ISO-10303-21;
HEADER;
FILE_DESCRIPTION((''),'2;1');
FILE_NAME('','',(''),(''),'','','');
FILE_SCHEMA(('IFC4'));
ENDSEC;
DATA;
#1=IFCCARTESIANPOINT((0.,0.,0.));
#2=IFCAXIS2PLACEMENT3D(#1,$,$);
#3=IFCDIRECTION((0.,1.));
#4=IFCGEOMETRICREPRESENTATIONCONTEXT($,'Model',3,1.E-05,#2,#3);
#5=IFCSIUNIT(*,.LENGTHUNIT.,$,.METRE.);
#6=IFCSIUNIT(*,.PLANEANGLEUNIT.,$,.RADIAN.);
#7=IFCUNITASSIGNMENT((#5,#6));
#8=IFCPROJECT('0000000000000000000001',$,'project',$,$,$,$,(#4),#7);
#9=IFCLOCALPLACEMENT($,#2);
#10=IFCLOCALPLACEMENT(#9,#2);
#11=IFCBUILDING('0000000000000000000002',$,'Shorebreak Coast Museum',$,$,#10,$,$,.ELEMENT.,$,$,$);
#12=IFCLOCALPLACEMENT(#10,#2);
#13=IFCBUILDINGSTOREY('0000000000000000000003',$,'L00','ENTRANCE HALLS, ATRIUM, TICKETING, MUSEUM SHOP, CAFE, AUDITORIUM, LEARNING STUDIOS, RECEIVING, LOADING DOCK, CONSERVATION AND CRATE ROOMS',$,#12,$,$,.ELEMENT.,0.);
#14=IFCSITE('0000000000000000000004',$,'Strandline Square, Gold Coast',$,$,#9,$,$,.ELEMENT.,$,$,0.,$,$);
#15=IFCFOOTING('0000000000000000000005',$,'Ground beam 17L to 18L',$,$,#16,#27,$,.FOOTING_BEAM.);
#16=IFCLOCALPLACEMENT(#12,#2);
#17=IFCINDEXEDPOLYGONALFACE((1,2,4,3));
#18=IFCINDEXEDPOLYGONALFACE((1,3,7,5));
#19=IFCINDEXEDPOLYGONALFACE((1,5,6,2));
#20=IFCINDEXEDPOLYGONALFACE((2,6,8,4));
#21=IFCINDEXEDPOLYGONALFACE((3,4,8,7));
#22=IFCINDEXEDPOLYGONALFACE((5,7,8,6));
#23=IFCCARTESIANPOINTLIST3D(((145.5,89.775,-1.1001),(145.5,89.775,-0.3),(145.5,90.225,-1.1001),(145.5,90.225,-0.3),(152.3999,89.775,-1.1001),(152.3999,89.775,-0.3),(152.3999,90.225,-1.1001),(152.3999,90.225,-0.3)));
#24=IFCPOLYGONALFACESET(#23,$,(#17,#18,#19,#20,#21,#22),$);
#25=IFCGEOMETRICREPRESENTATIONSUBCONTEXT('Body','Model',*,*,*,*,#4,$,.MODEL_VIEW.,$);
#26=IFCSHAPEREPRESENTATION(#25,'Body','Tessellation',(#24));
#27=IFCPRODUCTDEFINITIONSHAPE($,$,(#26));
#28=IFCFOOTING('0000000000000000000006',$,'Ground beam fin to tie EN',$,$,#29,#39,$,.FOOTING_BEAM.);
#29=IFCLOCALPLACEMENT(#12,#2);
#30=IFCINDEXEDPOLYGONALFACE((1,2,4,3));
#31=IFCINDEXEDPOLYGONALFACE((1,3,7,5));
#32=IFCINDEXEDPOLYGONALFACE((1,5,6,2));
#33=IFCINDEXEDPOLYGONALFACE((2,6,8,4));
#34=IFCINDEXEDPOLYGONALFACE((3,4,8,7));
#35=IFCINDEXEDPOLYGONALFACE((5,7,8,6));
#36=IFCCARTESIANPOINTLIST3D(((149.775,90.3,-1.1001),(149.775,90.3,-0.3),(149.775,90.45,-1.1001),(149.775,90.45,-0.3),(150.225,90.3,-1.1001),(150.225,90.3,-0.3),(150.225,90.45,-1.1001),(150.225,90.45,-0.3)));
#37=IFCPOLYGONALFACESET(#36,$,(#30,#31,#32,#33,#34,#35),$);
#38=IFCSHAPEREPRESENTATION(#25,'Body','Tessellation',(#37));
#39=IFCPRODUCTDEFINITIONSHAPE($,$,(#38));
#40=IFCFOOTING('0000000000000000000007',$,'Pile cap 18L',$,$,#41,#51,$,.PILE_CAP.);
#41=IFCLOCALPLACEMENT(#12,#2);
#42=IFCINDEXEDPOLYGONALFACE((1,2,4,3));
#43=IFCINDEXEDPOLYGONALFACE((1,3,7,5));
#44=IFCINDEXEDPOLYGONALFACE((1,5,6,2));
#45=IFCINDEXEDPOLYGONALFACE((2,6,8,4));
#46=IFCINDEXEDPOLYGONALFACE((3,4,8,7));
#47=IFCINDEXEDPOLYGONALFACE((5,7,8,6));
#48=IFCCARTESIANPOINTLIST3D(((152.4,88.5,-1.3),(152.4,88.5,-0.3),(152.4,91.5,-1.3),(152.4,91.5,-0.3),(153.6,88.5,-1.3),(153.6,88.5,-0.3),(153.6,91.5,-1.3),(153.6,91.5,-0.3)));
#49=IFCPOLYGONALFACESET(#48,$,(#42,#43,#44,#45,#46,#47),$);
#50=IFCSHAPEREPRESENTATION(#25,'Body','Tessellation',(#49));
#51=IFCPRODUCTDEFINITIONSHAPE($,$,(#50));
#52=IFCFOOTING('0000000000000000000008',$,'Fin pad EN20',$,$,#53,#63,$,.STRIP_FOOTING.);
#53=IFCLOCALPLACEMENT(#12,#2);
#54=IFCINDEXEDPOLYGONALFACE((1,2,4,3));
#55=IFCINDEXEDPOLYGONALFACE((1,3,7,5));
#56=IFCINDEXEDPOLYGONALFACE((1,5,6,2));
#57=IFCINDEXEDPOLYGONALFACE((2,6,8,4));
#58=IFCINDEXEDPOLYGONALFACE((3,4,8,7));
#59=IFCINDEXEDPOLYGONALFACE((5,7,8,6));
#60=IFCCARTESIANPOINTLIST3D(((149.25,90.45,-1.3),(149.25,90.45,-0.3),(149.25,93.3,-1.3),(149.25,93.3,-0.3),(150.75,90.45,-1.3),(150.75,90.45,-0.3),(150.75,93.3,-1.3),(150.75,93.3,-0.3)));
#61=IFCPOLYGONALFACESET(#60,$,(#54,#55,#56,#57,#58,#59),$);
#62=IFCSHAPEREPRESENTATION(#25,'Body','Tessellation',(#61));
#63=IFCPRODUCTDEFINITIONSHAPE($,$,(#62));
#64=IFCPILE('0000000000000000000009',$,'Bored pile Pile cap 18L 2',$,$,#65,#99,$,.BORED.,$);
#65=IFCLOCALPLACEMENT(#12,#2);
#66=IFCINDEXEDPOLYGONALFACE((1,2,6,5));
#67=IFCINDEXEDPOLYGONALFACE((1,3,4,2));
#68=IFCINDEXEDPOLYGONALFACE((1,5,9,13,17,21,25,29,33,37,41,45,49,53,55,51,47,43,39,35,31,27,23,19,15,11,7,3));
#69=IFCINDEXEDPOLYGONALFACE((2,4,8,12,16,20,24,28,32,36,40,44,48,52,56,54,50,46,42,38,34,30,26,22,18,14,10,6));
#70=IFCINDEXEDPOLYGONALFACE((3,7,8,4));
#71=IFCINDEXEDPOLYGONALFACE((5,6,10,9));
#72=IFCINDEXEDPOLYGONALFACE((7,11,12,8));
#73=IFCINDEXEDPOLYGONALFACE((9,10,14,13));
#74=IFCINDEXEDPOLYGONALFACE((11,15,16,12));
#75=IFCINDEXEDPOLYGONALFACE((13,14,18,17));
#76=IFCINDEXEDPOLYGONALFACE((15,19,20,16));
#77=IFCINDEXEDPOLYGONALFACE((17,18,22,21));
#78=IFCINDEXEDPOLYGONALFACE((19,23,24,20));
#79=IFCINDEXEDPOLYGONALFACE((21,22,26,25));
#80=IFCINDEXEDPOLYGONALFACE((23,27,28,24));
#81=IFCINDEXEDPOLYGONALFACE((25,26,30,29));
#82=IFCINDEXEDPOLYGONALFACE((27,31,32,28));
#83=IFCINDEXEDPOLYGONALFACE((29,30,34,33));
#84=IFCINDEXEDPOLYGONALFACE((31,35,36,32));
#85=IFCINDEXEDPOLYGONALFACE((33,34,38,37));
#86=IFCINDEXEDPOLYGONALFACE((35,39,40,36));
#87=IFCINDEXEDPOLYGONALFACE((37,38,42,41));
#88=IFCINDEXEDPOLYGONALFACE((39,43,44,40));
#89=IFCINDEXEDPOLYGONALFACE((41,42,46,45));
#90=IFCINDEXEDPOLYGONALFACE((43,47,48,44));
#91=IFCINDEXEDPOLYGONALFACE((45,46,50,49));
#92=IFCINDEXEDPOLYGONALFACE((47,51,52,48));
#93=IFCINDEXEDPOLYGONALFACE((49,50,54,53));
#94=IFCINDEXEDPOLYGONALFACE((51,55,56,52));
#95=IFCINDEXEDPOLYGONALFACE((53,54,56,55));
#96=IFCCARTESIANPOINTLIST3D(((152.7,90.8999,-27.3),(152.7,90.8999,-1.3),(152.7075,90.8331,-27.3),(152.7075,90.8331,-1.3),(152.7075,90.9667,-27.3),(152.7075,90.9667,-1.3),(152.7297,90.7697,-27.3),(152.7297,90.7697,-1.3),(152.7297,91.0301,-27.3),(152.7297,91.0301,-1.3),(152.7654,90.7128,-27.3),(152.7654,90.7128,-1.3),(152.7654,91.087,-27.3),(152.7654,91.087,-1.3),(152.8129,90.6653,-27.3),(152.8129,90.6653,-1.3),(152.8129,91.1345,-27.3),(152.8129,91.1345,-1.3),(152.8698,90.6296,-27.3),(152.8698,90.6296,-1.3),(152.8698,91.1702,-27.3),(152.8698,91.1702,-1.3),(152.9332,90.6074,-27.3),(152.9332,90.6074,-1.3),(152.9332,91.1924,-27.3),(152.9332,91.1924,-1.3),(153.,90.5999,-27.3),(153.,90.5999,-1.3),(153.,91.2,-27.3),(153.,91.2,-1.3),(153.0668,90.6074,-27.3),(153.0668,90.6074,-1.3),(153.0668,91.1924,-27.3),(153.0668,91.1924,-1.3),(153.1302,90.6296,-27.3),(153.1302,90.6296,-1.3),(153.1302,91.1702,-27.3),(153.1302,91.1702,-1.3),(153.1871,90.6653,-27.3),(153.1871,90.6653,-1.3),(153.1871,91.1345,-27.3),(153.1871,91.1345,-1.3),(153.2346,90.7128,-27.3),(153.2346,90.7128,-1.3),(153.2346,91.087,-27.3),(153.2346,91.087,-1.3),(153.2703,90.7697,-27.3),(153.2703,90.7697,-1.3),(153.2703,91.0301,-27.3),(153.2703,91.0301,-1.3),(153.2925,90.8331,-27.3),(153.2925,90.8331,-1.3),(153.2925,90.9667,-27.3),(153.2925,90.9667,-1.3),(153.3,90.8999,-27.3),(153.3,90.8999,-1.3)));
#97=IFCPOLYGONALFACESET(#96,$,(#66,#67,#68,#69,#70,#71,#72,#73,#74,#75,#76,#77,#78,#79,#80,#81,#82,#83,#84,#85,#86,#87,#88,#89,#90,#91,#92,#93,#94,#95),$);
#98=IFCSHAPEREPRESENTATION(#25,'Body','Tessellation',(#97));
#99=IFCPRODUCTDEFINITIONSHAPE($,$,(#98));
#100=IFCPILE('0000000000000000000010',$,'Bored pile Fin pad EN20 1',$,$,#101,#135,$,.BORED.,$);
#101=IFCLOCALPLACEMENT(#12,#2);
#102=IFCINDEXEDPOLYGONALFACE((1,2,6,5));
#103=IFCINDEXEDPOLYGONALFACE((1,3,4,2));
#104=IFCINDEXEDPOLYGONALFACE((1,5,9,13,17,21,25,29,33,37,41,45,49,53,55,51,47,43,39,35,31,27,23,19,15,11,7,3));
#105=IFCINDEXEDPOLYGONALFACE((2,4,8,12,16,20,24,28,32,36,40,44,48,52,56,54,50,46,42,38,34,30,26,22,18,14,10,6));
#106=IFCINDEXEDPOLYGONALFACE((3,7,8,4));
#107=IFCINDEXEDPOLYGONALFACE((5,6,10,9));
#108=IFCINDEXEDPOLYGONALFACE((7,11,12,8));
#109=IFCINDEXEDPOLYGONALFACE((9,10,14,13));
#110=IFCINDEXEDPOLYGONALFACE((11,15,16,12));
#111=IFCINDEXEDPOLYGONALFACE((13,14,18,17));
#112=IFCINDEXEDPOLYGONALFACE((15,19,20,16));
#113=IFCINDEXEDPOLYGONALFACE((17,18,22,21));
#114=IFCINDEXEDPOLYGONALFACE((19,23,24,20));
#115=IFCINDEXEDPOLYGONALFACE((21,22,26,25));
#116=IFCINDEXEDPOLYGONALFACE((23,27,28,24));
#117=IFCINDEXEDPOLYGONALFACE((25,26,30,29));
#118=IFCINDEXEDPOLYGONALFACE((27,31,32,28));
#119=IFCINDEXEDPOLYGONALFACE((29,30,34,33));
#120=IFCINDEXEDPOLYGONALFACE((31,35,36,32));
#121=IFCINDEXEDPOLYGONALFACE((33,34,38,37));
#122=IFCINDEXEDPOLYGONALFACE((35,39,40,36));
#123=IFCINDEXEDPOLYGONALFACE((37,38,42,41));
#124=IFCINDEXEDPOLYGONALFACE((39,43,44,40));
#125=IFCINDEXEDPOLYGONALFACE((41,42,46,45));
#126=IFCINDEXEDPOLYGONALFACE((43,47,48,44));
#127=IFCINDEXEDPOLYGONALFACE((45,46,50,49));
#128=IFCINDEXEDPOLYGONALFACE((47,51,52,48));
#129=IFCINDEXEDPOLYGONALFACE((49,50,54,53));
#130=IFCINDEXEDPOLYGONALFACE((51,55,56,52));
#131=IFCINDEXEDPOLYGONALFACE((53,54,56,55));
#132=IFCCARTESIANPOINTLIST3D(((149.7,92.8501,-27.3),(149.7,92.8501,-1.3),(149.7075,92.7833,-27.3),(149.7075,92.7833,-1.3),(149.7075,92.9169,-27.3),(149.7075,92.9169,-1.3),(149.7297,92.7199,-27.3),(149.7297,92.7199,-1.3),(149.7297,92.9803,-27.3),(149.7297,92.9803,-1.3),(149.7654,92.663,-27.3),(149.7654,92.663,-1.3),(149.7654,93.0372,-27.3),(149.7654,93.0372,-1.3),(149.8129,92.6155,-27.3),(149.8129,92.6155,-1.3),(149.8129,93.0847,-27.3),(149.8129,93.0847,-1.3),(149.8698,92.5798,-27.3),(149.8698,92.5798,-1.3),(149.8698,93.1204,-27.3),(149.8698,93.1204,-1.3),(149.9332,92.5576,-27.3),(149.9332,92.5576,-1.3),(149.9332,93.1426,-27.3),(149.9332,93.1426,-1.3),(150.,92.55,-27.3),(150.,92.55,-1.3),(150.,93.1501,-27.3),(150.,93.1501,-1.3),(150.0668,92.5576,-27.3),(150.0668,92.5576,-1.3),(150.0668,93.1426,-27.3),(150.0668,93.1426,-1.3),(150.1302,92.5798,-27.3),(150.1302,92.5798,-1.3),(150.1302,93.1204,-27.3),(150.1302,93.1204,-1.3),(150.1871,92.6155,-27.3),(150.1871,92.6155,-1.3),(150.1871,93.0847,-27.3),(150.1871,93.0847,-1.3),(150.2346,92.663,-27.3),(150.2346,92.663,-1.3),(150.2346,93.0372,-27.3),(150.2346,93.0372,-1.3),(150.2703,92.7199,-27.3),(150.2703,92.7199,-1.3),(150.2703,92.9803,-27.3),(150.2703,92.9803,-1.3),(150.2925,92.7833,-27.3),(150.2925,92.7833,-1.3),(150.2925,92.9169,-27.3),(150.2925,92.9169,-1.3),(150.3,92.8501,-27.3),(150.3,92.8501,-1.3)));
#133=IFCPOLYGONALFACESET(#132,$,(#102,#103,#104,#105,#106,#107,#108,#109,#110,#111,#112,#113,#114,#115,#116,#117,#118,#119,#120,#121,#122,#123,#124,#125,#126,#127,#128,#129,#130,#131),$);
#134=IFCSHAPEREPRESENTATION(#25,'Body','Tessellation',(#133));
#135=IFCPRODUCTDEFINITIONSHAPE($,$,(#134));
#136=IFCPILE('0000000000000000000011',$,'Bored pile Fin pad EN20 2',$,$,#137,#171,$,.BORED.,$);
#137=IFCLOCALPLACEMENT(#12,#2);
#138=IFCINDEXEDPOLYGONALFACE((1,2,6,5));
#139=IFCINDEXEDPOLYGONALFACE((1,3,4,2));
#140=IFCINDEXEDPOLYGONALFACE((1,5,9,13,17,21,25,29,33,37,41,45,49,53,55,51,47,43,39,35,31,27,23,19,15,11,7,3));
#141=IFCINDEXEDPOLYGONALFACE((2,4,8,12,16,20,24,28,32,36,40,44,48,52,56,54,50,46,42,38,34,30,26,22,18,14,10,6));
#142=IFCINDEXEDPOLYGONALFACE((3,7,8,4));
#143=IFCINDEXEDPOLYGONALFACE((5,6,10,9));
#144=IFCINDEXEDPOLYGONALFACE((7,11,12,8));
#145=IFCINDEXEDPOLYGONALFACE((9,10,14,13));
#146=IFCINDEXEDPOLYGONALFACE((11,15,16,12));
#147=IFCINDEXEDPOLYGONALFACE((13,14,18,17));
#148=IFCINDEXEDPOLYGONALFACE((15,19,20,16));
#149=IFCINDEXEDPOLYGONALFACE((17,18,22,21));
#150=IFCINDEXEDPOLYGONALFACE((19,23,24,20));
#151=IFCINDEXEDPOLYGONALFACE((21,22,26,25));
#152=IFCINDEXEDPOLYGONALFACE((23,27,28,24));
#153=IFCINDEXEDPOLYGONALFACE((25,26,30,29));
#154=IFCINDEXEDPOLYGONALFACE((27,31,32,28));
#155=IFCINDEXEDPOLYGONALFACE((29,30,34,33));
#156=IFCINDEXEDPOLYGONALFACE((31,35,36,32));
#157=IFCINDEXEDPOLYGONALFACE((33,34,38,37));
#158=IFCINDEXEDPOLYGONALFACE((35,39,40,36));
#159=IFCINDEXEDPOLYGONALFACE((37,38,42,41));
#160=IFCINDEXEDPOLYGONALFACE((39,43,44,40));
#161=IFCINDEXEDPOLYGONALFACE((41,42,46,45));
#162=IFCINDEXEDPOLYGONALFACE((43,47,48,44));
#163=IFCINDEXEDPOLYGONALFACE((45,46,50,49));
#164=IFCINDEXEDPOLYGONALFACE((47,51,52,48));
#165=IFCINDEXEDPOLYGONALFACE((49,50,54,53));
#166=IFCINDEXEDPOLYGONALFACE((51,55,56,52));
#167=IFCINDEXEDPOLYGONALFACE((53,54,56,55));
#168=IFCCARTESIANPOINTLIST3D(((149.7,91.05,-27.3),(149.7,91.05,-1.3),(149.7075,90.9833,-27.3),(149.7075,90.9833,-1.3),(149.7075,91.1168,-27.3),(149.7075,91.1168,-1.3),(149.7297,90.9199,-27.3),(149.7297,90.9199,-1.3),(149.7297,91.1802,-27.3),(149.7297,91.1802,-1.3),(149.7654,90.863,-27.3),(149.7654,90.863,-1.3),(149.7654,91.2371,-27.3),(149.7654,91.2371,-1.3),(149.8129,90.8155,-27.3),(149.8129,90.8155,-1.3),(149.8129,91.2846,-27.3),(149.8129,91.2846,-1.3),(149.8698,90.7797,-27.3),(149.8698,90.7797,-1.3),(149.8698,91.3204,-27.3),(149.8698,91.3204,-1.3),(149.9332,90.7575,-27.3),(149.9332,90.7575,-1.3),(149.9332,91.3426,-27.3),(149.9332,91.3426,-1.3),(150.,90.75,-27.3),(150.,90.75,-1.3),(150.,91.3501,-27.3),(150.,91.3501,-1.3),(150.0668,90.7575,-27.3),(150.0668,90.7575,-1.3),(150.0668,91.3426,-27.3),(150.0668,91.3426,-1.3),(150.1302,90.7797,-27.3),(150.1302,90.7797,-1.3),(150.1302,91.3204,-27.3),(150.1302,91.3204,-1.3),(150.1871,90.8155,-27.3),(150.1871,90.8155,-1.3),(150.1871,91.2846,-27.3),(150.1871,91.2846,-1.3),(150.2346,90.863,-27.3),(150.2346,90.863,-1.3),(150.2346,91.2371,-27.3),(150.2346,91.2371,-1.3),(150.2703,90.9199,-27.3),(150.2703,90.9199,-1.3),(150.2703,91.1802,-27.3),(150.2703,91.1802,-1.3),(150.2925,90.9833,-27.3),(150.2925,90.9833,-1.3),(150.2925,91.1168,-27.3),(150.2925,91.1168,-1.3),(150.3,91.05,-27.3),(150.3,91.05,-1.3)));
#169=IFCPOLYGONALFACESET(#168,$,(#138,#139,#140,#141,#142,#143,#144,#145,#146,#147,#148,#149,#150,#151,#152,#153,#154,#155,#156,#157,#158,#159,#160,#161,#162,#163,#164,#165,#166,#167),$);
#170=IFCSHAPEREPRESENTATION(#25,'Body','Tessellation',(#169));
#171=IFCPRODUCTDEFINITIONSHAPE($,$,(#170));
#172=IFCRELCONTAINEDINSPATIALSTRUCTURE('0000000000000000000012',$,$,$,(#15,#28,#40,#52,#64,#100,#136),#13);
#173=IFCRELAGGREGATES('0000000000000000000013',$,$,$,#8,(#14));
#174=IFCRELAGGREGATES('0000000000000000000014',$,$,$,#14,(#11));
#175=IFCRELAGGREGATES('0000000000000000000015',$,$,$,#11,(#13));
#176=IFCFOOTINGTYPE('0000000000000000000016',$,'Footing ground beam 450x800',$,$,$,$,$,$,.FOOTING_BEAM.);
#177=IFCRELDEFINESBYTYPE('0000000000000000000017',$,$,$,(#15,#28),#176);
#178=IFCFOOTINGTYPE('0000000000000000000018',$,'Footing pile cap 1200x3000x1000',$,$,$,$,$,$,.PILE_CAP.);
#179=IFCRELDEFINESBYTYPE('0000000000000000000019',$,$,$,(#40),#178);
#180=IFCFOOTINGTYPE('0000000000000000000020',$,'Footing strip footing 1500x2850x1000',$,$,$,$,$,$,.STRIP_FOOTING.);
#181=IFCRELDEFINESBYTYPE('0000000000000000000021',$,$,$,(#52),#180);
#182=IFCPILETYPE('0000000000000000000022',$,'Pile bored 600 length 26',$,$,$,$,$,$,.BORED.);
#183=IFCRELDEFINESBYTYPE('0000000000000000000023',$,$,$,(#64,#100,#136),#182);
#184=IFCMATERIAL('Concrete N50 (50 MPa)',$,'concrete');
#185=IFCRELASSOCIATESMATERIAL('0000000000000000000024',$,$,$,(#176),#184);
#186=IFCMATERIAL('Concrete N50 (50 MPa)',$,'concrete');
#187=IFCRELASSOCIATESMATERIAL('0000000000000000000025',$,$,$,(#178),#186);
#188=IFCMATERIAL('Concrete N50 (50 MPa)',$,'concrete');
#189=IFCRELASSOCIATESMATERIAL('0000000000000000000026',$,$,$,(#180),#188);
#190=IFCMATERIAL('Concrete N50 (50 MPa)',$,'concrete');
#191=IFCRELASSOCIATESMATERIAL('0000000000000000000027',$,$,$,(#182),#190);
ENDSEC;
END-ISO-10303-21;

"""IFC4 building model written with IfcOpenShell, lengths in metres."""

from ifc_helpers import new_model, si_unit, direction, frame, origin, origin_2d, place, context, subcontext, project, spatial, rectangle, circle, extrude, material, material_profile, profile_set, type_object, element, save


model = new_model("IFC4")

# Units and contexts
model_context = context("Model", 3, precision=1e-05, world=origin(), true_north=direction((0.0, 1.0)))
body_context = subcontext(model_context, "Body", "Model", "MODEL_VIEW")
ifc_project = project(units=[si_unit("LENGTHUNIT", "METRE"), si_unit("PLANEANGLEUNIT", "RADIAN")], contexts=[model_context])

# Site, building, storey
site_placement = place(None, origin())
site = spatial("IfcSite", under=ifc_project, at=site_placement, Name="Strandline Square, Gold Coast", CompositionType="ELEMENT", RefElevation=0.0)
building_placement = place(site_placement, origin())
building = spatial("IfcBuilding", under=site, at=building_placement, Name="Shorebreak Coast Museum", CompositionType="ELEMENT")
storey_placement = place(building_placement, origin())
storey = spatial("IfcBuildingStorey", under=building, at=storey_placement, Name="L00", Description="ENTRANCE HALLS, ATRIUM, TICKETING, MUSEUM SHOP, CAFE, AUDITORIUM, LEARNING STUDIOS, RECEIVING, LOADING DOCK, CONSERVATION AND CRATE ROOMS", CompositionType="ELEMENT", Elevation=0.0)

# Footings
ifc_material_1 = material(Name="Concrete N50 (50 MPa)", Category="concrete")
footing_type_1 = type_object("IfcFootingType", Name="Footing ground beam 450x800", PredefinedType="FOOTING_BEAM", material=ifc_material_1)
footing_1_placement = place(storey_placement, frame((148.95, 90.0, -1.1001), z_axis=(0.0, 0.0, 1.0), x_axis=(1.0, 0.0, 0.0)))
element("IfcFooting", 1, at=footing_1_placement, inside=storey, type_object=footing_type_1, Name="Ground beam 17L to 18L", PredefinedType="FOOTING_BEAM", context=body_context, shape_type="SweptSolid", body=[
    extrude(rectangle(XDim=6.8999, YDim=0.45, at=origin_2d()), origin(), (0.0, 0.0, 1.0), 0.8),
])
footing_2_placement = place(storey_placement, frame((150.0, 90.375, -1.1001), z_axis=(0.0, 0.0, 1.0), x_axis=(1.0, 0.0, 0.0)))
element("IfcFooting", 2, at=footing_2_placement, inside=storey, type_object=footing_type_1, Name="Ground beam fin to tie EN", PredefinedType="FOOTING_BEAM", context=body_context, shape_type="SweptSolid", body=[
    extrude(rectangle(XDim=0.45, YDim=0.1499, at=origin_2d()), origin(), (0.0, 0.0, 1.0), 0.8),
])
ifc_material_2 = material(Name="Concrete N50 (50 MPa)", Category="concrete")
footing_type_2 = type_object("IfcFootingType", Name="Footing pile cap 1200x3000x1000", PredefinedType="PILE_CAP", material=ifc_material_2)
footing_3_placement = place(storey_placement, frame((153.0, 90.0, -1.3), z_axis=(0.0, 0.0, 1.0), x_axis=(1.0, 0.0, 0.0)))
element("IfcFooting", 3, at=footing_3_placement, inside=storey, type_object=footing_type_2, Name="Pile cap 18L", PredefinedType="PILE_CAP", context=body_context, shape_type="SweptSolid", body=[
    extrude(rectangle(XDim=1.2, YDim=3.0, at=origin_2d()), origin(), (0.0, 0.0, 1.0), 1.0),
])
ifc_material_3 = material(Name="Concrete N50 (50 MPa)", Category="concrete")
footing_type_3 = type_object("IfcFootingType", Name="Footing strip footing 1500x2850x1000", PredefinedType="STRIP_FOOTING", material=ifc_material_3)
footing_4_placement = place(storey_placement, frame((150.0, 91.875, -1.3), z_axis=(0.0, 0.0, 1.0), x_axis=(1.0, 0.0, 0.0)))
element("IfcFooting", 4, at=footing_4_placement, inside=storey, type_object=footing_type_3, Name="Fin pad EN20", PredefinedType="STRIP_FOOTING", context=body_context, shape_type="SweptSolid", body=[
    extrude(rectangle(XDim=1.5, YDim=2.8501, at=origin_2d()), origin(), (0.0, 0.0, 1.0), 1.0),
])

# Piles
ifc_material_4 = material(Name="Concrete N50 (50 MPa)", Category="concrete")
ifc_material_profile_1 = material_profile(ifc_material_4, circle(Radius=0.3, at=origin_2d()), Name="Pile bored 600 length 26")
ifc_profile_set_1 = profile_set([ifc_material_profile_1], Name="Concrete N50 (50 MPa)")
pile_type = type_object("IfcPileType", Name="Pile bored 600 length 26", PredefinedType="BORED", material=ifc_profile_set_1)
for number, where, z_axis, x_axis, name in (
    (5, (153.0, 90.8999, -1.3), (0.0, 0.0, -1.0), (1.0, 0.0, 0.0), "Bored pile Pile cap 18L 2"),
    (6, (150.0, 92.8501, -1.3), (0.0, 0.0, -1.0), (1.0, 0.0, 0.0), "Bored pile Fin pad EN20 1"),
    (7, (150.0, 91.05, -1.3), (0.0, 0.0, -1.0), (1.0, 0.0, 0.0), "Bored pile Fin pad EN20 2"),
):
    element("IfcPile", number, at=place(storey_placement, frame(where, z_axis=z_axis, x_axis=x_axis)), inside=storey, type_object=pile_type, Name=name, PredefinedType="BORED", context=body_context, shape_type="SweptSolid", body=[
        extrude(circle(Radius=0.3, at=origin_2d()), origin(), (0.0, 0.0, 1.0), 26.0),
    ])

save(model, "model.ifc")
